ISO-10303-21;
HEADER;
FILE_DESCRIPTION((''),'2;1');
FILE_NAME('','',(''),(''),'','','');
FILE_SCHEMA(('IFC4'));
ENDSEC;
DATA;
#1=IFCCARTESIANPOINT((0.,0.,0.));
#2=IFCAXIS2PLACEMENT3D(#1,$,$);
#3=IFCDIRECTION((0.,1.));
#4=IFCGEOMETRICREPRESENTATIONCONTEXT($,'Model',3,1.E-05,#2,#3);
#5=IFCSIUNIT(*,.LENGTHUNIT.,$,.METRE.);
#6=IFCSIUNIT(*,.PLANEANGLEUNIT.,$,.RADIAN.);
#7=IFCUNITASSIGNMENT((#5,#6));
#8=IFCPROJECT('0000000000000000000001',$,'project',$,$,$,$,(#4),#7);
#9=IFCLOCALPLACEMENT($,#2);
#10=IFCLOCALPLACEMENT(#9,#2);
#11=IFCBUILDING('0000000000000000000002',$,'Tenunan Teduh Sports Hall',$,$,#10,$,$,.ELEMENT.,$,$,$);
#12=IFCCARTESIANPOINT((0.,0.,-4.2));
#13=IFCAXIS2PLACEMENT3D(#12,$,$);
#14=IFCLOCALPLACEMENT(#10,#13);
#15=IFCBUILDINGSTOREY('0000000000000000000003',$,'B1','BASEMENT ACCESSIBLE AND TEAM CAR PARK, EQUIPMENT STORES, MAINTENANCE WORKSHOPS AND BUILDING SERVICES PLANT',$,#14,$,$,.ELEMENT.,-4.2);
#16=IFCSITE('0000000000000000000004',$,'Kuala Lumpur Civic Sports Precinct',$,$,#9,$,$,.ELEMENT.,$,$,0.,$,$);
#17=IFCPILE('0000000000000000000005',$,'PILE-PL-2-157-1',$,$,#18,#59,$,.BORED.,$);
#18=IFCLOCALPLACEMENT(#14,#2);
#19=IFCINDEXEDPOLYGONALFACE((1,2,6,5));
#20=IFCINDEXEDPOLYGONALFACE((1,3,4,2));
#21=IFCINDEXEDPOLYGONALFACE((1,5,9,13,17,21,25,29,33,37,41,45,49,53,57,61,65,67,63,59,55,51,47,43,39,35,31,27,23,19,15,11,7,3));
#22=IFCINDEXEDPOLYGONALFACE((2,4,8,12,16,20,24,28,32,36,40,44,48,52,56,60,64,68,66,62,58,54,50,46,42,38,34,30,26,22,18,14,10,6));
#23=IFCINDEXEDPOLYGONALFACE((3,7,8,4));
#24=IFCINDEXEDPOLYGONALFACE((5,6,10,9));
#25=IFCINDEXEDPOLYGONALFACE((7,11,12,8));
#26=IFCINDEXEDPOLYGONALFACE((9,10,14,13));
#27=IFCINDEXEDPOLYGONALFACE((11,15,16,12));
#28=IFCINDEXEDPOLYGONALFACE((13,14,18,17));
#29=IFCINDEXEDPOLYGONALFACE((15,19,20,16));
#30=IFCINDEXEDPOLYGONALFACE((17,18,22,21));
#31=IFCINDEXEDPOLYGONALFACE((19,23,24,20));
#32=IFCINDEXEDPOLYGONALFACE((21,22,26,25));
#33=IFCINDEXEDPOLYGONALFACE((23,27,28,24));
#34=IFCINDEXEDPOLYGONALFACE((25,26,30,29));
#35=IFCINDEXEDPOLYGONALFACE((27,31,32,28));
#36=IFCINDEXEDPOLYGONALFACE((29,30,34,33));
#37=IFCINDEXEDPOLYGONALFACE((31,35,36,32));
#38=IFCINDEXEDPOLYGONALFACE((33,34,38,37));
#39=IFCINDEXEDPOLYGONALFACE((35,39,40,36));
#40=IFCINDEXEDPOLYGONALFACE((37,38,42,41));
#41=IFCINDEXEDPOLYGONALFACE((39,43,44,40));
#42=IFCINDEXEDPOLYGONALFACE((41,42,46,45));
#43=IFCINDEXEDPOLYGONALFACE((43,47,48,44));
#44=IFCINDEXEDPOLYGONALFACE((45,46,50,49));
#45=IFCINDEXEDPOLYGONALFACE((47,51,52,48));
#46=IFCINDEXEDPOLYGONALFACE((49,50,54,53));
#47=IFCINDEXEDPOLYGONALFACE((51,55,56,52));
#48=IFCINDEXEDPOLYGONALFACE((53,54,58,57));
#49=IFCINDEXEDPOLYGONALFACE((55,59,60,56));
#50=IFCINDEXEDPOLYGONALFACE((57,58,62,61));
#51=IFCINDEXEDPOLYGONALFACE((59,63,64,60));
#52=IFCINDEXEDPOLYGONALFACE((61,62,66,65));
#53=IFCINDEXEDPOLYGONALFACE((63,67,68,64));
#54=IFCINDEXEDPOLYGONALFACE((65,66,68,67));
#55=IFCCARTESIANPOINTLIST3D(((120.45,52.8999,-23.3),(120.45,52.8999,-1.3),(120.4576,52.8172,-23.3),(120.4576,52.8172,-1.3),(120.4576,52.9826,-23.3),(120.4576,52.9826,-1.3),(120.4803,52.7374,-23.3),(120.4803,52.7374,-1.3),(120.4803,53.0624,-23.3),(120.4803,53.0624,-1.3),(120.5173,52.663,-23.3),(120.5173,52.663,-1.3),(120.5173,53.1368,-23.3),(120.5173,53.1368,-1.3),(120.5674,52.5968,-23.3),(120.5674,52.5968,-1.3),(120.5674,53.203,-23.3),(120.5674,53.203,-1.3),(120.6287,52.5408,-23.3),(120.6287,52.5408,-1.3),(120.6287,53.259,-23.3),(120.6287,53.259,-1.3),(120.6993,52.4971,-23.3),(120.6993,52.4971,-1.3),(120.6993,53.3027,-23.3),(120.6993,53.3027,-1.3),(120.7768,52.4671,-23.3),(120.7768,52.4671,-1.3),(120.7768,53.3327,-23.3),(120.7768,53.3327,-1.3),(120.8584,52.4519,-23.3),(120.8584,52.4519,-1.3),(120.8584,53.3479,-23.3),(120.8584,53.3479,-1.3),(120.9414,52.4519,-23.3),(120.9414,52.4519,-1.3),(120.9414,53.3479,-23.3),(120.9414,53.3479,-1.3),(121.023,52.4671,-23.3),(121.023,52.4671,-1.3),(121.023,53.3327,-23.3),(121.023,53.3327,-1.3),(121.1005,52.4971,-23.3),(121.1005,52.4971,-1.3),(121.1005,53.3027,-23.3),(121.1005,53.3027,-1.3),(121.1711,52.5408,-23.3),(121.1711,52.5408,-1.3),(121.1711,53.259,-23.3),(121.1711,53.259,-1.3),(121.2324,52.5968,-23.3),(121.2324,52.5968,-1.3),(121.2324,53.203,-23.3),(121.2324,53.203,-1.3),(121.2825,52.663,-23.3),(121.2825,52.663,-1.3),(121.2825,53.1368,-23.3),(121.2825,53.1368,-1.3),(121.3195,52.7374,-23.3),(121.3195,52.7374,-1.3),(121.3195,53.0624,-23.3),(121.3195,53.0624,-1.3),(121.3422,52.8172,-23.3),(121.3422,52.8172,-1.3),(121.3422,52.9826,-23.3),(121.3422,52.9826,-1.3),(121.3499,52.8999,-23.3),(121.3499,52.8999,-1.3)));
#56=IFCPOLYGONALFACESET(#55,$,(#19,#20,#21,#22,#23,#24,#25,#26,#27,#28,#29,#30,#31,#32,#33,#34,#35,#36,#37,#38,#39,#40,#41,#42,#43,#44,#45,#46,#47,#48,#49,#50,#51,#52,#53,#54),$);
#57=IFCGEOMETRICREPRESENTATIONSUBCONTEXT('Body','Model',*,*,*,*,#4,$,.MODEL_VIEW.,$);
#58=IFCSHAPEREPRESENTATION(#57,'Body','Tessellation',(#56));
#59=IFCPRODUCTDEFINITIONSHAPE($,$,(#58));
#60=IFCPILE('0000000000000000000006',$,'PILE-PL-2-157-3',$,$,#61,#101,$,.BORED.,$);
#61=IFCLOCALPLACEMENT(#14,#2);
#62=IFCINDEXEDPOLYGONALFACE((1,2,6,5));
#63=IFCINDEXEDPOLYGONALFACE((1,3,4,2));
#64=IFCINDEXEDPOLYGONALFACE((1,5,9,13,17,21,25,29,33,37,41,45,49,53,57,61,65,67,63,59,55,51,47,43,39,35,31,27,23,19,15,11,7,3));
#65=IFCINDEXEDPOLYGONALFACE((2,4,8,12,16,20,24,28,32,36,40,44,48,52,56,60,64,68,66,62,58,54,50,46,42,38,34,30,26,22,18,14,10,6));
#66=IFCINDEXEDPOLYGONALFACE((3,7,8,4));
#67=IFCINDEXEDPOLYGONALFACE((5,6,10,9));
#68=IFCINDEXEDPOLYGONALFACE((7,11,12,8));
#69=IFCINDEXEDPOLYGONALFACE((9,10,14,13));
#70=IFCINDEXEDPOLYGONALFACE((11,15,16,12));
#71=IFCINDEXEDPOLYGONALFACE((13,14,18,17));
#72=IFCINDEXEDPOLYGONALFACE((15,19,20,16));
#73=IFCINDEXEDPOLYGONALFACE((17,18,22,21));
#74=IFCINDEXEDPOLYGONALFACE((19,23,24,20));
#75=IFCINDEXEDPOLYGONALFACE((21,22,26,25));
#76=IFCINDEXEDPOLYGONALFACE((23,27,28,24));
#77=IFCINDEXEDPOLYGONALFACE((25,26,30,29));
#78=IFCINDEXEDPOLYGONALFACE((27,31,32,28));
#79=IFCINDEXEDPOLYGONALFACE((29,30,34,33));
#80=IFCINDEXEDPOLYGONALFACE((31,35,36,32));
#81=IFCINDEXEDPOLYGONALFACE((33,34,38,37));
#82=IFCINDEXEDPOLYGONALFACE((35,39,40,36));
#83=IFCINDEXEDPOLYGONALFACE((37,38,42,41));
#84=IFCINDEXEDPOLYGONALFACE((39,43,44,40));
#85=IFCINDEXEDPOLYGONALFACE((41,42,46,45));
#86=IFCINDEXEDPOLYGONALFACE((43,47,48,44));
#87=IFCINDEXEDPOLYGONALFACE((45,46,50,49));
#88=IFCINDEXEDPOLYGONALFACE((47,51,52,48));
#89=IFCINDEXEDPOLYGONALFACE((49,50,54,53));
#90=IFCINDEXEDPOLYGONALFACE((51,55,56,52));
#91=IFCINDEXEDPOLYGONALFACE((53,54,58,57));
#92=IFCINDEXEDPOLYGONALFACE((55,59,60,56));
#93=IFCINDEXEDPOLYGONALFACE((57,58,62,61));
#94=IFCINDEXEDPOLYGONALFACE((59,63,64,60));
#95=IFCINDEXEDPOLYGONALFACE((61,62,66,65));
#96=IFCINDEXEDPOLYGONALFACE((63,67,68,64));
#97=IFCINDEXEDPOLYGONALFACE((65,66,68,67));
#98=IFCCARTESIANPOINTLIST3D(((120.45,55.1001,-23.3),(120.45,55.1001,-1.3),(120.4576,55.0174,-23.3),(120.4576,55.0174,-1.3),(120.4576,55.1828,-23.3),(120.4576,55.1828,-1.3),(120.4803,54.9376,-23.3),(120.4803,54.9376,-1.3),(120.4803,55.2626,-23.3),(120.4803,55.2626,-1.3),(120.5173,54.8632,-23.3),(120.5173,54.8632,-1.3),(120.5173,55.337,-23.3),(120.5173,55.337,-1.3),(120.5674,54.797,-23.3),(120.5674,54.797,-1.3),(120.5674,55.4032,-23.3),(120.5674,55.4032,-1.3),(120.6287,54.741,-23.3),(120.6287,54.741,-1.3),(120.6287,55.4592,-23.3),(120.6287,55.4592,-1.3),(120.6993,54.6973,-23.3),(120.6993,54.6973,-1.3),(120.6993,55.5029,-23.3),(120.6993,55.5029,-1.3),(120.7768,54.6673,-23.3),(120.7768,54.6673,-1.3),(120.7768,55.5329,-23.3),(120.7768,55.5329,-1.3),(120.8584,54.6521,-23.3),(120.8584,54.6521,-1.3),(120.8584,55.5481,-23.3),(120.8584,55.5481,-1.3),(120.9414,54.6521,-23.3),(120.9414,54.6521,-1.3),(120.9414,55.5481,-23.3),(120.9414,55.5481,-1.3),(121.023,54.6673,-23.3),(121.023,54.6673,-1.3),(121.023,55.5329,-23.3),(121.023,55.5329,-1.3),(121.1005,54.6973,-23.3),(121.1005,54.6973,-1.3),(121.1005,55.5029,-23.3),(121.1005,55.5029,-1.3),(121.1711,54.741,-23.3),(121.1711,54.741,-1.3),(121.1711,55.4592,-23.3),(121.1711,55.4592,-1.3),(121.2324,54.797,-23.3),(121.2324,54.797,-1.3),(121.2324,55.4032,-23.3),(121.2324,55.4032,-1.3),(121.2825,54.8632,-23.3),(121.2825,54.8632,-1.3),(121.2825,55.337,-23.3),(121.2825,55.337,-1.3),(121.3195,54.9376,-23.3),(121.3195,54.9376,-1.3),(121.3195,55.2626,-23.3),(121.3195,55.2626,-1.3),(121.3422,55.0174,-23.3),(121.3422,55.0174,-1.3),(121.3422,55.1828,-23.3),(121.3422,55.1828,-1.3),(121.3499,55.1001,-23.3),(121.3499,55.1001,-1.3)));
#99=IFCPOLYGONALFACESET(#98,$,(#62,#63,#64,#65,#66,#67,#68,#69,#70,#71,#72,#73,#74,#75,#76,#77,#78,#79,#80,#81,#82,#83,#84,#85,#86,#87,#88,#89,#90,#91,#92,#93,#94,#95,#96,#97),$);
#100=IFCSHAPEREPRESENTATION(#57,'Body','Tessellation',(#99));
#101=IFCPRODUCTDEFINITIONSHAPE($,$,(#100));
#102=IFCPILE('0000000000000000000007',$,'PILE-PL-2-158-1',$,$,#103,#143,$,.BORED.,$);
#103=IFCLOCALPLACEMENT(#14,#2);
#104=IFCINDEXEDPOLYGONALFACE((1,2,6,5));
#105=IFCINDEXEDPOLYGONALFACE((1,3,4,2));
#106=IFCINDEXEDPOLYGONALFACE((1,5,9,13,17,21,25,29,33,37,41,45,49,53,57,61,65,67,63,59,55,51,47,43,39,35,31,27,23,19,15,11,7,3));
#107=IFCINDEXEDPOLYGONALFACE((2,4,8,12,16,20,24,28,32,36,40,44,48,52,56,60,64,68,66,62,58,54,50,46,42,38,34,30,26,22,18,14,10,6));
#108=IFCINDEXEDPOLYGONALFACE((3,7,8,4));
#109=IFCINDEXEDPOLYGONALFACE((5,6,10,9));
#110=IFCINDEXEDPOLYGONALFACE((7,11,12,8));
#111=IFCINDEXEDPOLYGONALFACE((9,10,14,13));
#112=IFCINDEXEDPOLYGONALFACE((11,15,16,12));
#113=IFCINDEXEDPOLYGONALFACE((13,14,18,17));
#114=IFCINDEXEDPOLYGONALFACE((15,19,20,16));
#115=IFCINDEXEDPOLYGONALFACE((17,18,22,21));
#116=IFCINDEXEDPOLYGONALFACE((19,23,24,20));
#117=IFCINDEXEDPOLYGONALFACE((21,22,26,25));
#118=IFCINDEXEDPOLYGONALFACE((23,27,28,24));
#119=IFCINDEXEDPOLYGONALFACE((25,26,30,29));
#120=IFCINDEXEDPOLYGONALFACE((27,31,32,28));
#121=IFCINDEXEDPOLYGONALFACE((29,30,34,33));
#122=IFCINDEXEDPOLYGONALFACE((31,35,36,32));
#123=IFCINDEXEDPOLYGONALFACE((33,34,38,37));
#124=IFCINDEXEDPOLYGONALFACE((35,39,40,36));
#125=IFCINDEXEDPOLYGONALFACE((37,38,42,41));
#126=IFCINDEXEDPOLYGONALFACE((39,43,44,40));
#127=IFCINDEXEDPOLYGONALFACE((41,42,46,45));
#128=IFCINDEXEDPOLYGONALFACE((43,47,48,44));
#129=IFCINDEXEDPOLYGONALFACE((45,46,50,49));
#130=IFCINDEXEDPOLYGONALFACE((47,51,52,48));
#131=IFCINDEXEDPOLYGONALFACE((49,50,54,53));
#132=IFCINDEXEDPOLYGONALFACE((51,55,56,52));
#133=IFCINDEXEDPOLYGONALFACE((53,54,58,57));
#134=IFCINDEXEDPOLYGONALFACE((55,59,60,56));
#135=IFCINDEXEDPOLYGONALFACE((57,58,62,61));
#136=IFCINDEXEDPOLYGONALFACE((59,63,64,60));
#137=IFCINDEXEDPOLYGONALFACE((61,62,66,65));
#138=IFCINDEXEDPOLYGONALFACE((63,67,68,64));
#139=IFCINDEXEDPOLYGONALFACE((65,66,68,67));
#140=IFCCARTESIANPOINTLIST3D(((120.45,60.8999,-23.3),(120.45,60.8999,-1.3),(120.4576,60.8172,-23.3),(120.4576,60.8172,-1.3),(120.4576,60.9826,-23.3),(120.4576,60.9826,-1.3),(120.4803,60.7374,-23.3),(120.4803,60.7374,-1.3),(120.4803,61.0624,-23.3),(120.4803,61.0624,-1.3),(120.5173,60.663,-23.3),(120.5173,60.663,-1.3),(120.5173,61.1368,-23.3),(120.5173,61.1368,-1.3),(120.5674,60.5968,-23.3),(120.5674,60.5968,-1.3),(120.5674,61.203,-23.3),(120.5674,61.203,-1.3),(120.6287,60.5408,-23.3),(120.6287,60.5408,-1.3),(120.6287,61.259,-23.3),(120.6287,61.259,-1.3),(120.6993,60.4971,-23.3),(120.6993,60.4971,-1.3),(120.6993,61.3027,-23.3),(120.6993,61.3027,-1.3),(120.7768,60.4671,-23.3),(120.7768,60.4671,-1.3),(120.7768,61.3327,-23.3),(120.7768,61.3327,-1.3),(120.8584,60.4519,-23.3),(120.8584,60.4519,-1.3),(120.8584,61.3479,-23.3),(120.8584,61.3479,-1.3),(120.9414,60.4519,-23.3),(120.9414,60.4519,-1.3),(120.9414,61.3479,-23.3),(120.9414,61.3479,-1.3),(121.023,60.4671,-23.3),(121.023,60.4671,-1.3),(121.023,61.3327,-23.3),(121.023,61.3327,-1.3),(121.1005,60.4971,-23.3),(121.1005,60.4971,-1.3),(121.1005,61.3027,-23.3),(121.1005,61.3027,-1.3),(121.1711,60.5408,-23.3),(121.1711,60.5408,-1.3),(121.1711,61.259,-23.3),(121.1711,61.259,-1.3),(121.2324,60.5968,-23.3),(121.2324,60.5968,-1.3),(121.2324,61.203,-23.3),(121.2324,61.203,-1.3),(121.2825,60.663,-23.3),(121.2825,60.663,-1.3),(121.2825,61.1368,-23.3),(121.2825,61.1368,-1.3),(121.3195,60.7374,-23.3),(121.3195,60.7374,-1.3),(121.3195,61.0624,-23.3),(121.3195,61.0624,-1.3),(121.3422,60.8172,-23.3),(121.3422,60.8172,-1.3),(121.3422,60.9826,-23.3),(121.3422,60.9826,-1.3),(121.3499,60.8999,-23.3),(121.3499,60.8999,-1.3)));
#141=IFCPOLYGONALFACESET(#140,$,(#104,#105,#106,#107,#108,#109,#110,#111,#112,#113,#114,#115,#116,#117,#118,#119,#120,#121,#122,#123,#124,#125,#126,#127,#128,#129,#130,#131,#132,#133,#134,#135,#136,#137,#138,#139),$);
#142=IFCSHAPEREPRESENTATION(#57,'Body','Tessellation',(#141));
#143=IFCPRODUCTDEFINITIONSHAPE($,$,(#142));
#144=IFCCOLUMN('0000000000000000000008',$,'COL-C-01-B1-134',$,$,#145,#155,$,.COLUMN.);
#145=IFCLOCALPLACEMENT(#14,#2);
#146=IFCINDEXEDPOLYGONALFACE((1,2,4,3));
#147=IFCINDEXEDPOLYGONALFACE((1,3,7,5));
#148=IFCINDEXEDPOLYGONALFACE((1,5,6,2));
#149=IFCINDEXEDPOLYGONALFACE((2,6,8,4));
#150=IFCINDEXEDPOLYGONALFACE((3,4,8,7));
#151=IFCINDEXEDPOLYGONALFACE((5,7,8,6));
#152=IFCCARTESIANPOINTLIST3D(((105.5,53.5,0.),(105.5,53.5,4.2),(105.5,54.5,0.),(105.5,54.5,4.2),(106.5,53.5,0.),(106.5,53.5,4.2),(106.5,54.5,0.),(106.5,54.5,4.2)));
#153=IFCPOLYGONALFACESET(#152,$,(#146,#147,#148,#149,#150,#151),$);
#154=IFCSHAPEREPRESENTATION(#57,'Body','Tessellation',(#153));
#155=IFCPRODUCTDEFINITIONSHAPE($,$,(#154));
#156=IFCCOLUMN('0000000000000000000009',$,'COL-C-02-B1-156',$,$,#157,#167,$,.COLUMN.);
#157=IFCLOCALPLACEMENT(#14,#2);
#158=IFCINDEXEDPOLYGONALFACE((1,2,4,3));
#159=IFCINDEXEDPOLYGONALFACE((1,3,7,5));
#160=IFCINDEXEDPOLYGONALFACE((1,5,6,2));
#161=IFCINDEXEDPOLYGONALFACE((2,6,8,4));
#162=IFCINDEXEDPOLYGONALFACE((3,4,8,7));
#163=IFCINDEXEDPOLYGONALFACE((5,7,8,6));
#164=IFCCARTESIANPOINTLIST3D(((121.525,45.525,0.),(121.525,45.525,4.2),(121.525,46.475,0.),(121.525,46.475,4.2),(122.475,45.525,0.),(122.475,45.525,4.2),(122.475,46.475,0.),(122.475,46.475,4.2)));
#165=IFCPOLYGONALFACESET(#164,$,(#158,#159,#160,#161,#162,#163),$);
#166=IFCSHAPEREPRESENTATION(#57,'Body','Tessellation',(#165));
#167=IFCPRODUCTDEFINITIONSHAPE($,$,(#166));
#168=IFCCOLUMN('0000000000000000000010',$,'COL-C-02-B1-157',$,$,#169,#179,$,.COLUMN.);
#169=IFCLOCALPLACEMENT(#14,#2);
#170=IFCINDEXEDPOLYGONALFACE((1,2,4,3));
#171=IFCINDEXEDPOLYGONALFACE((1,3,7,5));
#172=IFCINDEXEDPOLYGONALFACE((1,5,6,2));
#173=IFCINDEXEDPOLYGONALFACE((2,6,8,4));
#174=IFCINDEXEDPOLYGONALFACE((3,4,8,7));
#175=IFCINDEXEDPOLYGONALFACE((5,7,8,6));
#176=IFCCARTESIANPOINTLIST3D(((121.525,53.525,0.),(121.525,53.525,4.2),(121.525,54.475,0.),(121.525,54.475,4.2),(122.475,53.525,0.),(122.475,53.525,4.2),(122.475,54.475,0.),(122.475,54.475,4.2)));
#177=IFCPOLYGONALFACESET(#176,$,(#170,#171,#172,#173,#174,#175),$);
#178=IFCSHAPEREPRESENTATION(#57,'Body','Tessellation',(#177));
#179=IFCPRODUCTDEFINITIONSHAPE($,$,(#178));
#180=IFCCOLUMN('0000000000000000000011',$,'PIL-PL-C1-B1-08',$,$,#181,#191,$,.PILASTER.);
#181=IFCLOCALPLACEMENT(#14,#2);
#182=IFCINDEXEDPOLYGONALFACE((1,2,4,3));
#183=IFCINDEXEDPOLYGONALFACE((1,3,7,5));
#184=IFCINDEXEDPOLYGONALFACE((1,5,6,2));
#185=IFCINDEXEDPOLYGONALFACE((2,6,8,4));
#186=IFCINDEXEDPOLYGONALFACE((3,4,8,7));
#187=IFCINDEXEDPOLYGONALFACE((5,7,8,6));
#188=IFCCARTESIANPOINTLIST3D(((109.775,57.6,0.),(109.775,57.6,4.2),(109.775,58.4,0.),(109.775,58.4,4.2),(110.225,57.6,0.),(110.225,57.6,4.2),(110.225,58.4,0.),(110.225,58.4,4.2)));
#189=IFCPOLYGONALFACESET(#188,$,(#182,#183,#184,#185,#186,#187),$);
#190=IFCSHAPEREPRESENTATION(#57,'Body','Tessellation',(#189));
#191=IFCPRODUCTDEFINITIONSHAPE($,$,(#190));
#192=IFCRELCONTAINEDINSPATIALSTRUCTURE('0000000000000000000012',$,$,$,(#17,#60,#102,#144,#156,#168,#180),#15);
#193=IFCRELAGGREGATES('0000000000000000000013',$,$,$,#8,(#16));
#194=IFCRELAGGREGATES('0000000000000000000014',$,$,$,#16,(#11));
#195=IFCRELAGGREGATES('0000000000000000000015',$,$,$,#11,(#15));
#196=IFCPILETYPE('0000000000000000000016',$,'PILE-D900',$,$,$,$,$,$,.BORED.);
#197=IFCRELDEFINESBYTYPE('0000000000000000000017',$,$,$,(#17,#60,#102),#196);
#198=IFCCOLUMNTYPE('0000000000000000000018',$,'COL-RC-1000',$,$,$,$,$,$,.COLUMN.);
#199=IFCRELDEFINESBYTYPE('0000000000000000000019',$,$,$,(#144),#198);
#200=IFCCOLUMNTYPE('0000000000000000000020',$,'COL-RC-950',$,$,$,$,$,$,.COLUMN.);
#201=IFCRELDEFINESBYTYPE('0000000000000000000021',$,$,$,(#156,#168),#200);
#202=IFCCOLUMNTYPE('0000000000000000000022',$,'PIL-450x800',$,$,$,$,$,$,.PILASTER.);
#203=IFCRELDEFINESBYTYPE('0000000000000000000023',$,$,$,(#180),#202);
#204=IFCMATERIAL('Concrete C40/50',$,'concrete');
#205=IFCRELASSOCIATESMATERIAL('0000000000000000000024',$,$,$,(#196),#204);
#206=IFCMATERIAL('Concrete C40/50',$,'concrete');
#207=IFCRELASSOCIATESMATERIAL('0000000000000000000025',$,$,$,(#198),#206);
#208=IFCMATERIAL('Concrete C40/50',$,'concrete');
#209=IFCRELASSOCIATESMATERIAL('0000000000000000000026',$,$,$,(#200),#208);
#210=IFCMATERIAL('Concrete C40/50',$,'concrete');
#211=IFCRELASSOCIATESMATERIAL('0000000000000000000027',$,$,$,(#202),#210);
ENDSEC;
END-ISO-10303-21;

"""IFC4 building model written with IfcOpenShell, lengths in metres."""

from ifc_helpers import new_model, si_unit, direction, frame, origin, origin_2d, place, context, subcontext, project, spatial, rectangle, circle, extrude, material, material_profile, profile_set, type_object, element, save


model = new_model("IFC4")

# Units and contexts
model_context = context("Model", 3, precision=1e-05, world=origin(), true_north=direction((0.0, 1.0)))
body_context = subcontext(model_context, "Body", "Model", "MODEL_VIEW")
ifc_project = project(units=[si_unit("LENGTHUNIT", "METRE"), si_unit("PLANEANGLEUNIT", "RADIAN")], contexts=[model_context])

# Site, building, storey
site_placement = place(None, origin())
site = spatial("IfcSite", under=ifc_project, at=site_placement, Name="Kuala Lumpur Civic Sports Precinct", CompositionType="ELEMENT", RefElevation=0.0)
building_placement = place(site_placement, origin())
building = spatial("IfcBuilding", under=site, at=building_placement, Name="Tenunan Teduh Sports Hall", CompositionType="ELEMENT")
storey_placement = place(building_placement, frame((0.0, 0.0, -4.2)))
storey = spatial("IfcBuildingStorey", under=building, at=storey_placement, Name="B1", Description="BASEMENT ACCESSIBLE AND TEAM CAR PARK, EQUIPMENT STORES, MAINTENANCE WORKSHOPS AND BUILDING SERVICES PLANT", CompositionType="ELEMENT", Elevation=-4.2)

# Piles
ifc_material_1 = material(Name="Concrete C40/50", Category="concrete")
ifc_material_profile_1 = material_profile(ifc_material_1, circle(Radius=0.45, at=origin_2d()), Name="PILE D900")
ifc_profile_set_1 = profile_set([ifc_material_profile_1], Name="Concrete C40/50")
pile_type_1 = type_object("IfcPileType", Name="PILE-D900", PredefinedType="BORED", material=ifc_profile_set_1)
for number, where, z_axis, x_axis, name in (
    (1, (120.8999, 52.8999, -1.3), (0.0, 0.0, -1.0), (1.0, 0.0, 0.0), "PILE-PL-2-157-1"),
    (2, (120.8999, 55.1001, -1.3), (0.0, 0.0, -1.0), (1.0, 0.0, 0.0), "PILE-PL-2-157-3"),
    (3, (120.8999, 60.8999, -1.3), (0.0, 0.0, -1.0), (1.0, 0.0, 0.0), "PILE-PL-2-158-1"),
):
    element("IfcPile", number, at=place(storey_placement, frame(where, z_axis=z_axis, x_axis=x_axis)), inside=storey, type_object=pile_type_1, Name=name, PredefinedType="BORED", context=body_context, shape_type="SweptSolid", body=[
        extrude(circle(Radius=0.45, at=origin_2d()), origin(), (0.0, 0.0, 1.0), 22.0),
    ])

# Columns
ifc_material_2 = material(Name="Concrete C40/50", Category="concrete")
ifc_material_profile_2 = material_profile(ifc_material_2, rectangle(XDim=1.0, YDim=1.0, at=origin_2d()), Name="RC 1000x1000")
ifc_profile_set_2 = profile_set([ifc_material_profile_2], Name="Concrete C40/50")
column_type_1 = type_object("IfcColumnType", Name="COL-RC-1000", PredefinedType="COLUMN", material=ifc_profile_set_2)
column_1_placement = place(storey_placement, frame((106.0, 54.0, 0.0), z_axis=(0.0, 0.0, 1.0), x_axis=(1.0, 0.0, 0.0)))
element("IfcColumn", 4, at=column_1_placement, inside=storey, type_object=column_type_1, Name="COL-C-01-B1-134", PredefinedType="COLUMN", context=body_context, shape_type="SweptSolid", body=[
    extrude(rectangle(XDim=1.0, YDim=1.0, at=origin_2d()), origin(), (0.0, 0.0, 1.0), 4.2),
])
ifc_material_3 = material(Name="Concrete C40/50", Category="concrete")
ifc_material_profile_3 = material_profile(ifc_material_3, rectangle(XDim=0.95, YDim=0.95, at=origin_2d()), Name="RC 950x950")
ifc_profile_set_3 = profile_set([ifc_material_profile_3], Name="Concrete C40/50")
column_type_2 = type_object("IfcColumnType", Name="COL-RC-950", PredefinedType="COLUMN", material=ifc_profile_set_3)
for number, where, z_axis, x_axis, name in (
    (5, (122.0, 46.0, 0.0), (0.0, 0.0, 1.0), (1.0, 0.0, 0.0), "COL-C-02-B1-156"),
    (6, (122.0, 54.0, 0.0), (0.0, 0.0, 1.0), (1.0, 0.0, 0.0), "COL-C-02-B1-157"),
):
    element("IfcColumn", number, at=place(storey_placement, frame(where, z_axis=z_axis, x_axis=x_axis)), inside=storey, type_object=column_type_2, Name=name, PredefinedType="COLUMN", context=body_context, shape_type="SweptSolid", body=[
        extrude(rectangle(XDim=0.95, YDim=0.95, at=origin_2d()), origin(), (0.0, 0.0, 1.0), 4.2),
    ])
ifc_material_4 = material(Name="Concrete C40/50", Category="concrete")
ifc_material_profile_4 = material_profile(ifc_material_4, rectangle(XDim=0.45, YDim=0.8, at=origin_2d()), Name="PIL 450x800")
ifc_profile_set_4 = profile_set([ifc_material_profile_4], Name="Concrete C40/50")
column_type_3 = type_object("IfcColumnType", Name="PIL-450x800", PredefinedType="PILASTER", material=ifc_profile_set_4)
column_2_placement = place(storey_placement, frame((110.0, 58.0, 0.0), z_axis=(0.0, 0.0, 1.0), x_axis=(1.0, 0.0, 0.0)))
element("IfcColumn", 7, at=column_2_placement, inside=storey, type_object=column_type_3, Name="PIL-PL-C1-B1-08", PredefinedType="PILASTER", context=body_context, shape_type="SweptSolid", body=[
    extrude(rectangle(XDim=0.45, YDim=0.8, at=origin_2d()), origin(), (0.0, 0.0, 1.0), 4.2),
])

save(model, "model.ifc")
